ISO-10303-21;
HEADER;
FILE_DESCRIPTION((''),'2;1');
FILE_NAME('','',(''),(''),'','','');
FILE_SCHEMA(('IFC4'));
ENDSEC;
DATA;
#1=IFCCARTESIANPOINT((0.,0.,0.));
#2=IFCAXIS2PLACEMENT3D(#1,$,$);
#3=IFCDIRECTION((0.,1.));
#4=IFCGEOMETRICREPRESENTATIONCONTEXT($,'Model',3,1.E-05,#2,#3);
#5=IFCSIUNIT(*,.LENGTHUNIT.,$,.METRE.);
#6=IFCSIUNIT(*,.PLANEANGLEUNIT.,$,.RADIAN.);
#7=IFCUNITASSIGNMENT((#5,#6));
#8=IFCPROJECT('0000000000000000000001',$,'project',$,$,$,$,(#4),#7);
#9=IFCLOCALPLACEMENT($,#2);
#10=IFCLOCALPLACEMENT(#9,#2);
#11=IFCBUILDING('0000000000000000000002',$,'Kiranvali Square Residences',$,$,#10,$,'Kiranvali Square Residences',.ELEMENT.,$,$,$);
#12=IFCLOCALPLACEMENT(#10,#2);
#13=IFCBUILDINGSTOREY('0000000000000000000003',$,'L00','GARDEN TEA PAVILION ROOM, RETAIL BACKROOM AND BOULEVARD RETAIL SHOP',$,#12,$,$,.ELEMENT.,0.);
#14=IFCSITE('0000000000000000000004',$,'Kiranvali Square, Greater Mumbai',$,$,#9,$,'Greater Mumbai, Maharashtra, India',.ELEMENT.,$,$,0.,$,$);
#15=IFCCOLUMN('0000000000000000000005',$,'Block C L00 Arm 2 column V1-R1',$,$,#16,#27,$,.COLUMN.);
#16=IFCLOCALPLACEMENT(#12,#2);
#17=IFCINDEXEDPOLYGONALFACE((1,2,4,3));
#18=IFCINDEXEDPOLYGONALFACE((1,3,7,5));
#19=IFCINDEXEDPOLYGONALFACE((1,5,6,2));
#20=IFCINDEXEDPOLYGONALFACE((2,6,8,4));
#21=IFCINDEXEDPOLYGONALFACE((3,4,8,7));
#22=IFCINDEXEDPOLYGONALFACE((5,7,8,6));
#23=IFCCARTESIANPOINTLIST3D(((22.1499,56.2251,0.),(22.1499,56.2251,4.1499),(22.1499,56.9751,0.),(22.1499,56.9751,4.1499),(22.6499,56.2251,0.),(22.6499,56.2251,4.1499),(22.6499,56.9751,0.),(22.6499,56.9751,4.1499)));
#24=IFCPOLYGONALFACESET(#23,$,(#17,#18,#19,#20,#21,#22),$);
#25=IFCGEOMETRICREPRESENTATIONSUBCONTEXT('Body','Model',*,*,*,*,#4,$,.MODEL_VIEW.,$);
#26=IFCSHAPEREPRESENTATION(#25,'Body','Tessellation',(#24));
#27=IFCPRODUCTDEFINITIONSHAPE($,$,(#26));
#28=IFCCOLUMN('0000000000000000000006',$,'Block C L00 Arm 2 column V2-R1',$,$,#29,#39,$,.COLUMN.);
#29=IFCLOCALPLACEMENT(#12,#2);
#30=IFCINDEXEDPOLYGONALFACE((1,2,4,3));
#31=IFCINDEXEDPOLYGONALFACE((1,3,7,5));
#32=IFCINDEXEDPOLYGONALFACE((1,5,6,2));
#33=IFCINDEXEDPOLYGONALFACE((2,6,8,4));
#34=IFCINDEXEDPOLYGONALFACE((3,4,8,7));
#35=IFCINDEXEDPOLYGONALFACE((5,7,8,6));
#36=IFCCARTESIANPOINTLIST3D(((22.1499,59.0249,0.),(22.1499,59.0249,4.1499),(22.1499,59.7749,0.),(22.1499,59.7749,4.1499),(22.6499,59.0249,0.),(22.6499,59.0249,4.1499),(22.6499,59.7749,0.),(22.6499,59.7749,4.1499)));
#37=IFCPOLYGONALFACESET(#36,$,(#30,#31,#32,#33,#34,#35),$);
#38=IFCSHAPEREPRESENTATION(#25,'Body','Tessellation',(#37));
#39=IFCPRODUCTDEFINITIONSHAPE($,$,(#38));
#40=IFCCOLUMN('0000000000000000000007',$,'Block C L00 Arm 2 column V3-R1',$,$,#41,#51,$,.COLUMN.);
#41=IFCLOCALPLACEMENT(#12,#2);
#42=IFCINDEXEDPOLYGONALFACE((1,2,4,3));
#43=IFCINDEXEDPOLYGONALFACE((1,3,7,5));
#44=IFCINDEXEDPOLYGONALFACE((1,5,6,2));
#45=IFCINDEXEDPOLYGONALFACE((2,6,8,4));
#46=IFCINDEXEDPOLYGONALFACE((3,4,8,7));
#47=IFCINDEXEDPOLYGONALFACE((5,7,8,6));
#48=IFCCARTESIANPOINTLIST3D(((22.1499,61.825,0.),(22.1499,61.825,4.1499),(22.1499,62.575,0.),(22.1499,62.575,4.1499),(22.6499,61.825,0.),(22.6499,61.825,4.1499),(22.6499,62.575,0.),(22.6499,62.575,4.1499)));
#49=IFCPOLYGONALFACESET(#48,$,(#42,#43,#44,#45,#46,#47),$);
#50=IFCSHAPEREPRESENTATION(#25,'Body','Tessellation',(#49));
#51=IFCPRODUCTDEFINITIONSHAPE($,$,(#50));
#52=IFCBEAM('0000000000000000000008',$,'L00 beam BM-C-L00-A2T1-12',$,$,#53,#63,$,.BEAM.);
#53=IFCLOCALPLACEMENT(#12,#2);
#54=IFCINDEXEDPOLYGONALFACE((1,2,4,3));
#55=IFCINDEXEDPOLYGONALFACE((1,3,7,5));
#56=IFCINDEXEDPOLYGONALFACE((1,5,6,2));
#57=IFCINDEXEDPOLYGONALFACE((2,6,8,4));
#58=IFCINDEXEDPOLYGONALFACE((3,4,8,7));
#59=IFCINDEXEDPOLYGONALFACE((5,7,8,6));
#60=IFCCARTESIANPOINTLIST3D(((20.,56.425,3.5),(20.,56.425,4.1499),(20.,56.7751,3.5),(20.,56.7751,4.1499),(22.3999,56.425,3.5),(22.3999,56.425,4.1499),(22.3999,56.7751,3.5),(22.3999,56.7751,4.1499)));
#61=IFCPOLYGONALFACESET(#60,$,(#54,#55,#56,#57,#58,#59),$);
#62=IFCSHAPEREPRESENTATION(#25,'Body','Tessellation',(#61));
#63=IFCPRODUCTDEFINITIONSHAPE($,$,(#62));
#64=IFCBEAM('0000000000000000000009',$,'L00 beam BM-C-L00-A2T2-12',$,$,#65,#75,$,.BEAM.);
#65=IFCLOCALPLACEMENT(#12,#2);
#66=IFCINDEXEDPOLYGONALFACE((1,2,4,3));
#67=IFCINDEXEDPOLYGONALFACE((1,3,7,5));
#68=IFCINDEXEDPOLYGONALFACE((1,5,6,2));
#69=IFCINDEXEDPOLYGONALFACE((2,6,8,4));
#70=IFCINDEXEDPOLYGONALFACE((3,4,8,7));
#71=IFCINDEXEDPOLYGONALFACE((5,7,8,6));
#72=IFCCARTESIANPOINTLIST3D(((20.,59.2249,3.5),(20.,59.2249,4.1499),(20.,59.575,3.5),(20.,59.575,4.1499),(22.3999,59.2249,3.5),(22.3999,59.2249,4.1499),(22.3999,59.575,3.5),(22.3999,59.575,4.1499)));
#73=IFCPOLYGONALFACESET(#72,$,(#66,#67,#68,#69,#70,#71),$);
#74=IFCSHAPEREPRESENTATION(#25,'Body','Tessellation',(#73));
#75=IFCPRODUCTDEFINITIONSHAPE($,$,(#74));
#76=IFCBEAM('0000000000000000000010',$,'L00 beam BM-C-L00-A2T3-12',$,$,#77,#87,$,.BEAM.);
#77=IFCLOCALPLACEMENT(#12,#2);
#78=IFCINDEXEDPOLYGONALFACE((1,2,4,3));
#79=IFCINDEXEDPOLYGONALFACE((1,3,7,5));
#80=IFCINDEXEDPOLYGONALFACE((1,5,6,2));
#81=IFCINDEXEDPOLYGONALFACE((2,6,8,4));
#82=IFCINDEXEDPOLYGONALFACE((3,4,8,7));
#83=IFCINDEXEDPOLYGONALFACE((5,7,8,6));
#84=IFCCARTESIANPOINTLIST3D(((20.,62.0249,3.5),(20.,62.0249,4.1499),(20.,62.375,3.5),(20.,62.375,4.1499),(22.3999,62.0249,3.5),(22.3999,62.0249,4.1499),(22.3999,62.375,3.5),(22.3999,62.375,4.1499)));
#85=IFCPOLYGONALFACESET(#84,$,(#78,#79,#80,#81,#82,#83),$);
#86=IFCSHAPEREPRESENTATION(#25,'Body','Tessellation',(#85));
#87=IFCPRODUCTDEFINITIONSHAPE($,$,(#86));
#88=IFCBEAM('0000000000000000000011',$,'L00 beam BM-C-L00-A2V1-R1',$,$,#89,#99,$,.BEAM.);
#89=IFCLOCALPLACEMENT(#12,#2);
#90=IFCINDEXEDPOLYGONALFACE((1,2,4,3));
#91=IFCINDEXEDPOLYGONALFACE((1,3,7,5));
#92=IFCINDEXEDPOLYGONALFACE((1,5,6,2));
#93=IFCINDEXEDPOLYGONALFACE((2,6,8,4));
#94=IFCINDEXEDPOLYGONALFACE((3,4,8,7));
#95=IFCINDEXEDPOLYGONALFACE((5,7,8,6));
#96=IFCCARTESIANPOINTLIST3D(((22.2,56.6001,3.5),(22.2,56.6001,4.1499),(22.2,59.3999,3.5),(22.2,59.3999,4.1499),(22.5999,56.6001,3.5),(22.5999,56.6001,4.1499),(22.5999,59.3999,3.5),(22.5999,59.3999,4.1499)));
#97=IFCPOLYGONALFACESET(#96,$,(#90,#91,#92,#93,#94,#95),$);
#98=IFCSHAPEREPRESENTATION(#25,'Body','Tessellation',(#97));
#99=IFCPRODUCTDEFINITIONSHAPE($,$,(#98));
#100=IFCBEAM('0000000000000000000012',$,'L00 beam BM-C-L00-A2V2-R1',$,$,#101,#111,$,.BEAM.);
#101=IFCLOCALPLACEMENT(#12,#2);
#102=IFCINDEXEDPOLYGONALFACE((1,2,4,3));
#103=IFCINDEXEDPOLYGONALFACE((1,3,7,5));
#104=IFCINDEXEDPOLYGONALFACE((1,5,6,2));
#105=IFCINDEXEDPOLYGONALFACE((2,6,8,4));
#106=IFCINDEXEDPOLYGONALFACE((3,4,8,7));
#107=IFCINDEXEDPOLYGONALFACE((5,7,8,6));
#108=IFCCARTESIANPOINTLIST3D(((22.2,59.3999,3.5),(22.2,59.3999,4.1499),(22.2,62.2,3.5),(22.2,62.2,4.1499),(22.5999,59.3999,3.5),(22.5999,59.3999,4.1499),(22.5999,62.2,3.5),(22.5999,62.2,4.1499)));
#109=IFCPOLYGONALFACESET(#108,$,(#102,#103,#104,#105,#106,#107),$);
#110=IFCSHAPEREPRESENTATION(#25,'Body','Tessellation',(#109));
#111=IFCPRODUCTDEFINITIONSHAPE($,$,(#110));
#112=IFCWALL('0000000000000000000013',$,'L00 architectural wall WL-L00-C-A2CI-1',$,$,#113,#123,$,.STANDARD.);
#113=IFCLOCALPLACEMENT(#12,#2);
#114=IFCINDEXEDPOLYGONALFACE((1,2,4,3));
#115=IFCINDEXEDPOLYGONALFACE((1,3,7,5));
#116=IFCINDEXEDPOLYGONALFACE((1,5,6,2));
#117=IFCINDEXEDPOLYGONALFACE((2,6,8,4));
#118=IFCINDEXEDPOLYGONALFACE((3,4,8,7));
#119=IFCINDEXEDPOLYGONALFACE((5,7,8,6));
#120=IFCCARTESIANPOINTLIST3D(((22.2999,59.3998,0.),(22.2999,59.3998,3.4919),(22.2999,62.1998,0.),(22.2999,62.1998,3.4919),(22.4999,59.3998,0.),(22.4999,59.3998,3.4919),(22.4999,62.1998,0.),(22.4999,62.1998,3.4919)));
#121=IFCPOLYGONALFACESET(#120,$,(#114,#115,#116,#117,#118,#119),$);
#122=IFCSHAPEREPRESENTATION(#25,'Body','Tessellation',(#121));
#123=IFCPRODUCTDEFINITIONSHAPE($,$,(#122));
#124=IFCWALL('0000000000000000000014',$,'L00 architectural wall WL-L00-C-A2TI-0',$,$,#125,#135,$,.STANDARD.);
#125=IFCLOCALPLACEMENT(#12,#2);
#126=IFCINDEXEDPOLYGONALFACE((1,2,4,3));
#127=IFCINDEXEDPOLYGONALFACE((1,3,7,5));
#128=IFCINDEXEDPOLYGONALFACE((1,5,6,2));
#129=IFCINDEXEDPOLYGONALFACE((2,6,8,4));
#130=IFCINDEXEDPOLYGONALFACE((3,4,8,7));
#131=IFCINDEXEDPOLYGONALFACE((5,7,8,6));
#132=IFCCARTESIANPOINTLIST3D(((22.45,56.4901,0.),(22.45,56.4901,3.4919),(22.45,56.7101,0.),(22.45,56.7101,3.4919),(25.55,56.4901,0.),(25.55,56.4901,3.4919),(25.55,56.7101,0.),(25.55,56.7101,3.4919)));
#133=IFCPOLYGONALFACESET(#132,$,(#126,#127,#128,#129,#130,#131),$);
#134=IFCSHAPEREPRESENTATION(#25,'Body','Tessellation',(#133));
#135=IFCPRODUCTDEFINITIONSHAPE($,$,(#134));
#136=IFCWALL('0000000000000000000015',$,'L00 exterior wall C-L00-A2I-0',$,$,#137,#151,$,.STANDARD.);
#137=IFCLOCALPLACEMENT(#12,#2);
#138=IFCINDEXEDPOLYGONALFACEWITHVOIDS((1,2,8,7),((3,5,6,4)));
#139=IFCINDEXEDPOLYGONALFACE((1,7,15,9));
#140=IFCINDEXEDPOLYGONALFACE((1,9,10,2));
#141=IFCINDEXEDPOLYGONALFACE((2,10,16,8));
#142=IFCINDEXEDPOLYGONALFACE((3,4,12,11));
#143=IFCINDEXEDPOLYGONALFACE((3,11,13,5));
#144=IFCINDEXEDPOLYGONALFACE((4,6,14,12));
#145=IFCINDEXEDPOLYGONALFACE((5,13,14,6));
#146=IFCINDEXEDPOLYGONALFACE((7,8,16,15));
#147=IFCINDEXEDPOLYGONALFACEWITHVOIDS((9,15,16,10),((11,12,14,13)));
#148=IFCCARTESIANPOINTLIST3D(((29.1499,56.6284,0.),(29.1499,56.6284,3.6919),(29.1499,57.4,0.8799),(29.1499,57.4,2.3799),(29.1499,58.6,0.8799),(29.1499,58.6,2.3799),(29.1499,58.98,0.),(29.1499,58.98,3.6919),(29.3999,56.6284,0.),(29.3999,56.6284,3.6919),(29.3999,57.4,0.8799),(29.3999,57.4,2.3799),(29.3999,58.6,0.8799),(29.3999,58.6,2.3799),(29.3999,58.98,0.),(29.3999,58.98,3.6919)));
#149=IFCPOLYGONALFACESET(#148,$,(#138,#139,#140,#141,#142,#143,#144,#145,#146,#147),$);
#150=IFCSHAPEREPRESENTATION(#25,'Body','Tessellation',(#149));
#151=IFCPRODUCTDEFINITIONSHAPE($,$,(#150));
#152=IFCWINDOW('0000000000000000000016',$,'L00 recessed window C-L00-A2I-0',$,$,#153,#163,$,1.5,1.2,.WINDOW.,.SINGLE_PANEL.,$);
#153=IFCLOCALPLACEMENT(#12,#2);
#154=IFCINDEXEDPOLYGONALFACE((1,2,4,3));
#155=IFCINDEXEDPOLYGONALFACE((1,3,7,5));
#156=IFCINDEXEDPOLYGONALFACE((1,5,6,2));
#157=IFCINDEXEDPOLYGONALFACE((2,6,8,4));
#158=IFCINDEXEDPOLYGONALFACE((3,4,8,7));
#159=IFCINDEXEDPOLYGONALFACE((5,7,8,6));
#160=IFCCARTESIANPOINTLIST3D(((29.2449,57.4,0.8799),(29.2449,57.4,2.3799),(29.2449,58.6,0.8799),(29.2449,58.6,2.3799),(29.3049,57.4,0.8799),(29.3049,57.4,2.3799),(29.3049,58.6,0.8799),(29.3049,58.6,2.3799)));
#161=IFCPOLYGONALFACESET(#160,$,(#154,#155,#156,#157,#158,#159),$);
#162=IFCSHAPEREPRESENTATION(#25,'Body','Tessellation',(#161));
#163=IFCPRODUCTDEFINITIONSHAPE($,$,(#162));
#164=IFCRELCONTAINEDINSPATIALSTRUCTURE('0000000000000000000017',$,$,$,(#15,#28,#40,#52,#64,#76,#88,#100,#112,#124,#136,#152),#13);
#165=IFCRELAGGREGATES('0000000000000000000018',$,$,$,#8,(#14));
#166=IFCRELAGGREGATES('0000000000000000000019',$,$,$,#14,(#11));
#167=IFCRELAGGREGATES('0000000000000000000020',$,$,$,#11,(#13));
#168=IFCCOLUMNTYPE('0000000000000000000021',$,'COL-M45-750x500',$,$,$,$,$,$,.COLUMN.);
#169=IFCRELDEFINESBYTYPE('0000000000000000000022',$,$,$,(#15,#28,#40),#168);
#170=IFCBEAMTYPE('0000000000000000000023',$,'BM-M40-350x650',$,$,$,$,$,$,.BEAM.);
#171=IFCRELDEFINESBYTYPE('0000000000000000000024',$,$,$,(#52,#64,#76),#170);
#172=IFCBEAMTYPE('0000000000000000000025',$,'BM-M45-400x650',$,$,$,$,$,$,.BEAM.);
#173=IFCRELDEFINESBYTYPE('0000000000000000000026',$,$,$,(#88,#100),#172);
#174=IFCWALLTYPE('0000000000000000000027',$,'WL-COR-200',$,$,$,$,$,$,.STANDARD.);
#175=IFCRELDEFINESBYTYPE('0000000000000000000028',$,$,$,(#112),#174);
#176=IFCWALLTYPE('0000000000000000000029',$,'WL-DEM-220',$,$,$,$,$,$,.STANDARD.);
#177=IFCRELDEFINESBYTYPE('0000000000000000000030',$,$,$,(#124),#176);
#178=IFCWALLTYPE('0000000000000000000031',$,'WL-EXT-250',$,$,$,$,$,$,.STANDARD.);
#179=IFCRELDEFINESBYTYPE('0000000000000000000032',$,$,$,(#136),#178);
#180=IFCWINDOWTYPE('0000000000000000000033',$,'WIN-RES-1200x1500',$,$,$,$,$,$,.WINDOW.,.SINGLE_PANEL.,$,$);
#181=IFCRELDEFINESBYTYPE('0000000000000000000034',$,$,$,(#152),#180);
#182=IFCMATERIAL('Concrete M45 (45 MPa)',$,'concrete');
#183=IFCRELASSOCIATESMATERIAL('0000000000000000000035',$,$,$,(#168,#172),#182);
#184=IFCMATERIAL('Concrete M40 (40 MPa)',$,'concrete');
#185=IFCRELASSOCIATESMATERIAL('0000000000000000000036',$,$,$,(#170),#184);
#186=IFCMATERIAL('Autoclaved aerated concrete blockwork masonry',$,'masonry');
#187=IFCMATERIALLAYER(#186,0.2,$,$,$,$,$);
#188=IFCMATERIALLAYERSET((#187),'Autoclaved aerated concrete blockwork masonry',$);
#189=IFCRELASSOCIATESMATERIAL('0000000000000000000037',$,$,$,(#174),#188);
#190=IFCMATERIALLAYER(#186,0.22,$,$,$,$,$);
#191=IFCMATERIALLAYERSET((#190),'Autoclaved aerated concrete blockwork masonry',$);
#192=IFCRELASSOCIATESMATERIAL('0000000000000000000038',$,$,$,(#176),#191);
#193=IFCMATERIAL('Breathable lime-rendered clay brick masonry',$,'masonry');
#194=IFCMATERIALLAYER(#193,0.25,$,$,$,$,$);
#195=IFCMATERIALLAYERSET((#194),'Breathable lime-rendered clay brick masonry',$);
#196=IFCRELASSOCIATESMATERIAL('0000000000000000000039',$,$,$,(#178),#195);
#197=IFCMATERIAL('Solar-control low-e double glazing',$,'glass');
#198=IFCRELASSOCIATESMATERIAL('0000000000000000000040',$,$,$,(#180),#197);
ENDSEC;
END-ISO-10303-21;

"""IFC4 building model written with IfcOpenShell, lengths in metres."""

from ifc_helpers import new_model, si_unit, direction, frame, frame_2d, origin, origin_2d, place, context, subcontext, project, spatial, rectangle, extrude, material, layer, layer_set, material_profile, profile_set, type_object, element, fill, save


model = new_model("IFC4")

# Units and contexts
model_context = context("Model", 3, precision=1e-05, world=origin(), true_north=direction((0.0, 1.0)))
body_context = subcontext(model_context, "Body", "Model", "MODEL_VIEW")
ifc_project = project(units=[si_unit("LENGTHUNIT", "METRE"), si_unit("PLANEANGLEUNIT", "RADIAN")], contexts=[model_context])

# Site, building, storey
site_placement = place(None, origin())
site = spatial("IfcSite", under=ifc_project, at=site_placement, Name="Kiranvali Square, Greater Mumbai", LongName="Greater Mumbai, Maharashtra, India", CompositionType="ELEMENT", RefElevation=0.0)
building_placement = place(site_placement, origin())
building = spatial("IfcBuilding", under=site, at=building_placement, Name="Kiranvali Square Residences", LongName="Kiranvali Square Residences", CompositionType="ELEMENT")
storey_placement = place(building_placement, origin())
storey = spatial("IfcBuildingStorey", under=building, at=storey_placement, Name="L00", Description="GARDEN TEA PAVILION ROOM, RETAIL BACKROOM AND BOULEVARD RETAIL SHOP", CompositionType="ELEMENT", Elevation=0.0)

# Columns
ifc_material_1 = material(Name="Concrete M45 (45 MPa)", Category="concrete")
ifc_material_profile_1 = material_profile(ifc_material_1, rectangle(XDim=0.5, YDim=0.75, at=origin_2d()), Name="RC 750x500")
ifc_profile_set_1 = profile_set([ifc_material_profile_1], Name="Concrete M45 (45 MPa)")
column_type = type_object("IfcColumnType", Name="COL-M45-750x500", PredefinedType="COLUMN", material=ifc_profile_set_1)
for number, where, z_axis, x_axis, name in (
    (1, (22.3999, 56.6001, 0.0), (0.0, 0.0, 1.0), (1.0, 0.0, 0.0), "Block C L00 Arm 2 column V1-R1"),
    (2, (22.3999, 59.3999, 0.0), (0.0, 0.0, 1.0), (1.0, 0.0, 0.0), "Block C L00 Arm 2 column V2-R1"),
    (3, (22.3999, 62.2, 0.0), (0.0, 0.0, 1.0), (1.0, 0.0, 0.0), "Block C L00 Arm 2 column V3-R1"),
):
    element("IfcColumn", number, at=place(storey_placement, frame(where, z_axis=z_axis, x_axis=x_axis)), inside=storey, type_object=column_type, Name=name, PredefinedType="COLUMN", context=body_context, shape_type="SweptSolid", body=[
        extrude(rectangle(XDim=0.5, YDim=0.75, at=origin_2d()), origin(), (0.0, 0.0, 1.0), 4.1499),
    ])

# Beams
ifc_material_2 = material(Name="Concrete M40 (40 MPa)", Category="concrete")
ifc_material_profile_2 = material_profile(ifc_material_2, rectangle(XDim=0.3501, YDim=0.6499, at=origin_2d()), Name="RC 350x650")
ifc_profile_set_2 = profile_set([ifc_material_profile_2], Name="Concrete M40 (40 MPa)")
beam_type_1 = type_object("IfcBeamType", Name="BM-M40-350x650", PredefinedType="BEAM", material=ifc_profile_set_2)
for number, where, z_axis, x_axis, name in (
    (4, (22.3999, 56.6001, 3.825), (-1.0, 0.0, 0.0), (0.0, -1.0, 0.0), "L00 beam BM-C-L00-A2T1-12"),
    (5, (22.3999, 59.3999, 3.825), (-1.0, 0.0, 0.0), (0.0, -1.0, 0.0), "L00 beam BM-C-L00-A2T2-12"),
    (6, (22.3999, 62.2, 3.825), (-1.0, 0.0, 0.0), (0.0, -1.0, 0.0), "L00 beam BM-C-L00-A2T3-12"),
):
    element("IfcBeam", number, at=place(storey_placement, frame(where, z_axis=z_axis, x_axis=x_axis)), inside=storey, type_object=beam_type_1, Name=name, PredefinedType="BEAM", context=body_context, shape_type="SweptSolid", body=[
        extrude(rectangle(XDim=0.3501, YDim=0.6499, at=origin_2d()), origin(), (0.0, 0.0, 1.0), 2.3999),
    ])
ifc_material_profile_3 = material_profile(ifc_material_1, rectangle(XDim=0.3999, YDim=0.6499, at=origin_2d()), Name="RC 400x650")
ifc_profile_set_3 = profile_set([ifc_material_profile_3], Name="Concrete M45 (45 MPa)")
beam_type_2 = type_object("IfcBeamType", Name="BM-M45-400x650", PredefinedType="BEAM", material=ifc_profile_set_3)
beam_1_placement = place(storey_placement, frame((22.3999, 56.6001, 3.825), z_axis=(0.0, 1.0, 0.0), x_axis=(-1.0, 0.0, 0.0)))
element("IfcBeam", 7, at=beam_1_placement, inside=storey, type_object=beam_type_2, Name="L00 beam BM-C-L00-A2V1-R1", PredefinedType="BEAM", context=body_context, shape_type="SweptSolid", body=[
    extrude(rectangle(XDim=0.3999, YDim=0.6499, at=origin_2d()), origin(), (0.0, 0.0, 1.0), 2.7998),
])
beam_2_placement = place(storey_placement, frame((22.3999, 59.3999, 3.825), z_axis=(0.0, 1.0, 0.0), x_axis=(-1.0, 0.0, 0.0)))
element("IfcBeam", 8, at=beam_2_placement, inside=storey, type_object=beam_type_2, Name="L00 beam BM-C-L00-A2V2-R1", PredefinedType="BEAM", context=body_context, shape_type="SweptSolid", body=[
    extrude(rectangle(XDim=0.3999, YDim=0.6499, at=origin_2d()), origin(), (0.0, 0.0, 1.0), 2.8),
])

# Shared definitions
ifc_material_3 = material(Name="Autoclaved aerated concrete blockwork masonry", Category="masonry")
ifc_layer_1 = layer(ifc_material_3, 0.2)
ifc_layer_set_1 = layer_set([ifc_layer_1], Name="Autoclaved aerated concrete blockwork masonry")
wall_type_1 = type_object("IfcWallType", Name="WL-COR-200", PredefinedType="STANDARD", material=ifc_layer_set_1)

# Walls
wall_1_placement = place(storey_placement, frame((22.3999, 59.3999, 0.0), z_axis=(0.0, 0.0, 1.0), x_axis=(0.0, 1.0, 0.0)))
element("IfcWall", 9, at=wall_1_placement, inside=storey, type_object=wall_type_1, Name="L00 architectural wall WL-L00-C-A2CI-1", PredefinedType="STANDARD", context=body_context, shape_type="SweptSolid", body=[
    extrude(rectangle(XDim=2.8, YDim=0.2, at=frame_2d((1.3999, 0.0))), origin(), (0.0, 0.0, 1.0), 3.4919),
])
ifc_layer_2 = layer(ifc_material_3, 0.22)
ifc_layer_set_2 = layer_set([ifc_layer_2], Name="Autoclaved aerated concrete blockwork masonry")
wall_type_2 = type_object("IfcWallType", Name="WL-DEM-220", PredefinedType="STANDARD", material=ifc_layer_set_2)
wall_2_placement = place(storey_placement, frame((25.55, 56.6001, 0.0), z_axis=(0.0, 0.0, 1.0), x_axis=(-1.0, 0.0, 0.0)))
element("IfcWall", 10, at=wall_2_placement, inside=storey, type_object=wall_type_2, Name="L00 architectural wall WL-L00-C-A2TI-0", PredefinedType="STANDARD", context=body_context, shape_type="SweptSolid", body=[
    extrude(rectangle(XDim=3.1001, YDim=0.22, at=frame_2d((1.55, 0.0))), origin(), (0.0, 0.0, 1.0), 3.4919),
])

# Wall, opening, window
ifc_material_4 = material(Name="Breathable lime-rendered clay brick masonry", Category="masonry")
ifc_layer_3 = layer(ifc_material_4, 0.25)
ifc_layer_set_3 = layer_set([ifc_layer_3], Name="Breathable lime-rendered clay brick masonry")
wall_type_3 = type_object("IfcWallType", Name="WL-EXT-250", PredefinedType="STANDARD", material=ifc_layer_set_3)
wall_3_placement = place(storey_placement, frame((29.2749, 56.6284, 0.0), z_axis=(0.0, 0.0, 1.0), x_axis=(0.0, 1.0, 0.0)))
wall_3 = element("IfcWall", 11, at=wall_3_placement, inside=storey, type_object=wall_type_3, Name="L00 exterior wall C-L00-A2I-0", PredefinedType="STANDARD", context=body_context, shape_type="SweptSolid", body=[
    extrude(rectangle(XDim=2.3516, YDim=0.25, at=frame_2d((1.1758, 0.0))), origin(), (0.0, 0.0, 1.0), 3.6919),
])
opening_1_placement = place(wall_3_placement, frame((0.7715, 0.0, 0.8799)))
opening_1 = element("IfcOpeningElement", 12, at=opening_1_placement, cuts=wall_3, PredefinedType="OPENING", context=body_context, shape_type="SweptSolid", body=[
    extrude(rectangle(XDim=1.2, YDim=1.5, at=frame_2d((0.6001, 0.75))), frame((0.0, 0.135, 0.0), z_axis=(0.0, -1.0, 0.0), x_axis=(1.0, 0.0, 0.0)), (0.0, 0.0, 1.0), 0.27),
])
ifc_material_5 = material(Name="Solar-control low-e double glazing", Category="glass")
window_type_1 = type_object("IfcWindowType", Name="WIN-RES-1200x1500", PartitioningType="SINGLE_PANEL", PredefinedType="WINDOW", material=ifc_material_5)
window_1_placement = place(opening_1_placement, origin())
window_1 = element("IfcWindow", 13, at=window_1_placement, inside=storey, type_object=window_type_1, Name="L00 recessed window C-L00-A2I-0", OverallHeight=1.5, OverallWidth=1.2, PartitioningType="SINGLE_PANEL", PredefinedType="WINDOW", context=body_context, shape_type="SweptSolid", body=[
    extrude(rectangle(XDim=1.2, YDim=1.5, at=frame_2d((0.6001, 0.75))), frame((0.0, 0.03, 0.0), z_axis=(0.0, -1.0, 0.0), x_axis=(1.0, 0.0, 0.0)), (0.0, 0.0, 1.0), 0.0601),
])
fill(opening_1, window_1)

save(model, "model.ifc")
